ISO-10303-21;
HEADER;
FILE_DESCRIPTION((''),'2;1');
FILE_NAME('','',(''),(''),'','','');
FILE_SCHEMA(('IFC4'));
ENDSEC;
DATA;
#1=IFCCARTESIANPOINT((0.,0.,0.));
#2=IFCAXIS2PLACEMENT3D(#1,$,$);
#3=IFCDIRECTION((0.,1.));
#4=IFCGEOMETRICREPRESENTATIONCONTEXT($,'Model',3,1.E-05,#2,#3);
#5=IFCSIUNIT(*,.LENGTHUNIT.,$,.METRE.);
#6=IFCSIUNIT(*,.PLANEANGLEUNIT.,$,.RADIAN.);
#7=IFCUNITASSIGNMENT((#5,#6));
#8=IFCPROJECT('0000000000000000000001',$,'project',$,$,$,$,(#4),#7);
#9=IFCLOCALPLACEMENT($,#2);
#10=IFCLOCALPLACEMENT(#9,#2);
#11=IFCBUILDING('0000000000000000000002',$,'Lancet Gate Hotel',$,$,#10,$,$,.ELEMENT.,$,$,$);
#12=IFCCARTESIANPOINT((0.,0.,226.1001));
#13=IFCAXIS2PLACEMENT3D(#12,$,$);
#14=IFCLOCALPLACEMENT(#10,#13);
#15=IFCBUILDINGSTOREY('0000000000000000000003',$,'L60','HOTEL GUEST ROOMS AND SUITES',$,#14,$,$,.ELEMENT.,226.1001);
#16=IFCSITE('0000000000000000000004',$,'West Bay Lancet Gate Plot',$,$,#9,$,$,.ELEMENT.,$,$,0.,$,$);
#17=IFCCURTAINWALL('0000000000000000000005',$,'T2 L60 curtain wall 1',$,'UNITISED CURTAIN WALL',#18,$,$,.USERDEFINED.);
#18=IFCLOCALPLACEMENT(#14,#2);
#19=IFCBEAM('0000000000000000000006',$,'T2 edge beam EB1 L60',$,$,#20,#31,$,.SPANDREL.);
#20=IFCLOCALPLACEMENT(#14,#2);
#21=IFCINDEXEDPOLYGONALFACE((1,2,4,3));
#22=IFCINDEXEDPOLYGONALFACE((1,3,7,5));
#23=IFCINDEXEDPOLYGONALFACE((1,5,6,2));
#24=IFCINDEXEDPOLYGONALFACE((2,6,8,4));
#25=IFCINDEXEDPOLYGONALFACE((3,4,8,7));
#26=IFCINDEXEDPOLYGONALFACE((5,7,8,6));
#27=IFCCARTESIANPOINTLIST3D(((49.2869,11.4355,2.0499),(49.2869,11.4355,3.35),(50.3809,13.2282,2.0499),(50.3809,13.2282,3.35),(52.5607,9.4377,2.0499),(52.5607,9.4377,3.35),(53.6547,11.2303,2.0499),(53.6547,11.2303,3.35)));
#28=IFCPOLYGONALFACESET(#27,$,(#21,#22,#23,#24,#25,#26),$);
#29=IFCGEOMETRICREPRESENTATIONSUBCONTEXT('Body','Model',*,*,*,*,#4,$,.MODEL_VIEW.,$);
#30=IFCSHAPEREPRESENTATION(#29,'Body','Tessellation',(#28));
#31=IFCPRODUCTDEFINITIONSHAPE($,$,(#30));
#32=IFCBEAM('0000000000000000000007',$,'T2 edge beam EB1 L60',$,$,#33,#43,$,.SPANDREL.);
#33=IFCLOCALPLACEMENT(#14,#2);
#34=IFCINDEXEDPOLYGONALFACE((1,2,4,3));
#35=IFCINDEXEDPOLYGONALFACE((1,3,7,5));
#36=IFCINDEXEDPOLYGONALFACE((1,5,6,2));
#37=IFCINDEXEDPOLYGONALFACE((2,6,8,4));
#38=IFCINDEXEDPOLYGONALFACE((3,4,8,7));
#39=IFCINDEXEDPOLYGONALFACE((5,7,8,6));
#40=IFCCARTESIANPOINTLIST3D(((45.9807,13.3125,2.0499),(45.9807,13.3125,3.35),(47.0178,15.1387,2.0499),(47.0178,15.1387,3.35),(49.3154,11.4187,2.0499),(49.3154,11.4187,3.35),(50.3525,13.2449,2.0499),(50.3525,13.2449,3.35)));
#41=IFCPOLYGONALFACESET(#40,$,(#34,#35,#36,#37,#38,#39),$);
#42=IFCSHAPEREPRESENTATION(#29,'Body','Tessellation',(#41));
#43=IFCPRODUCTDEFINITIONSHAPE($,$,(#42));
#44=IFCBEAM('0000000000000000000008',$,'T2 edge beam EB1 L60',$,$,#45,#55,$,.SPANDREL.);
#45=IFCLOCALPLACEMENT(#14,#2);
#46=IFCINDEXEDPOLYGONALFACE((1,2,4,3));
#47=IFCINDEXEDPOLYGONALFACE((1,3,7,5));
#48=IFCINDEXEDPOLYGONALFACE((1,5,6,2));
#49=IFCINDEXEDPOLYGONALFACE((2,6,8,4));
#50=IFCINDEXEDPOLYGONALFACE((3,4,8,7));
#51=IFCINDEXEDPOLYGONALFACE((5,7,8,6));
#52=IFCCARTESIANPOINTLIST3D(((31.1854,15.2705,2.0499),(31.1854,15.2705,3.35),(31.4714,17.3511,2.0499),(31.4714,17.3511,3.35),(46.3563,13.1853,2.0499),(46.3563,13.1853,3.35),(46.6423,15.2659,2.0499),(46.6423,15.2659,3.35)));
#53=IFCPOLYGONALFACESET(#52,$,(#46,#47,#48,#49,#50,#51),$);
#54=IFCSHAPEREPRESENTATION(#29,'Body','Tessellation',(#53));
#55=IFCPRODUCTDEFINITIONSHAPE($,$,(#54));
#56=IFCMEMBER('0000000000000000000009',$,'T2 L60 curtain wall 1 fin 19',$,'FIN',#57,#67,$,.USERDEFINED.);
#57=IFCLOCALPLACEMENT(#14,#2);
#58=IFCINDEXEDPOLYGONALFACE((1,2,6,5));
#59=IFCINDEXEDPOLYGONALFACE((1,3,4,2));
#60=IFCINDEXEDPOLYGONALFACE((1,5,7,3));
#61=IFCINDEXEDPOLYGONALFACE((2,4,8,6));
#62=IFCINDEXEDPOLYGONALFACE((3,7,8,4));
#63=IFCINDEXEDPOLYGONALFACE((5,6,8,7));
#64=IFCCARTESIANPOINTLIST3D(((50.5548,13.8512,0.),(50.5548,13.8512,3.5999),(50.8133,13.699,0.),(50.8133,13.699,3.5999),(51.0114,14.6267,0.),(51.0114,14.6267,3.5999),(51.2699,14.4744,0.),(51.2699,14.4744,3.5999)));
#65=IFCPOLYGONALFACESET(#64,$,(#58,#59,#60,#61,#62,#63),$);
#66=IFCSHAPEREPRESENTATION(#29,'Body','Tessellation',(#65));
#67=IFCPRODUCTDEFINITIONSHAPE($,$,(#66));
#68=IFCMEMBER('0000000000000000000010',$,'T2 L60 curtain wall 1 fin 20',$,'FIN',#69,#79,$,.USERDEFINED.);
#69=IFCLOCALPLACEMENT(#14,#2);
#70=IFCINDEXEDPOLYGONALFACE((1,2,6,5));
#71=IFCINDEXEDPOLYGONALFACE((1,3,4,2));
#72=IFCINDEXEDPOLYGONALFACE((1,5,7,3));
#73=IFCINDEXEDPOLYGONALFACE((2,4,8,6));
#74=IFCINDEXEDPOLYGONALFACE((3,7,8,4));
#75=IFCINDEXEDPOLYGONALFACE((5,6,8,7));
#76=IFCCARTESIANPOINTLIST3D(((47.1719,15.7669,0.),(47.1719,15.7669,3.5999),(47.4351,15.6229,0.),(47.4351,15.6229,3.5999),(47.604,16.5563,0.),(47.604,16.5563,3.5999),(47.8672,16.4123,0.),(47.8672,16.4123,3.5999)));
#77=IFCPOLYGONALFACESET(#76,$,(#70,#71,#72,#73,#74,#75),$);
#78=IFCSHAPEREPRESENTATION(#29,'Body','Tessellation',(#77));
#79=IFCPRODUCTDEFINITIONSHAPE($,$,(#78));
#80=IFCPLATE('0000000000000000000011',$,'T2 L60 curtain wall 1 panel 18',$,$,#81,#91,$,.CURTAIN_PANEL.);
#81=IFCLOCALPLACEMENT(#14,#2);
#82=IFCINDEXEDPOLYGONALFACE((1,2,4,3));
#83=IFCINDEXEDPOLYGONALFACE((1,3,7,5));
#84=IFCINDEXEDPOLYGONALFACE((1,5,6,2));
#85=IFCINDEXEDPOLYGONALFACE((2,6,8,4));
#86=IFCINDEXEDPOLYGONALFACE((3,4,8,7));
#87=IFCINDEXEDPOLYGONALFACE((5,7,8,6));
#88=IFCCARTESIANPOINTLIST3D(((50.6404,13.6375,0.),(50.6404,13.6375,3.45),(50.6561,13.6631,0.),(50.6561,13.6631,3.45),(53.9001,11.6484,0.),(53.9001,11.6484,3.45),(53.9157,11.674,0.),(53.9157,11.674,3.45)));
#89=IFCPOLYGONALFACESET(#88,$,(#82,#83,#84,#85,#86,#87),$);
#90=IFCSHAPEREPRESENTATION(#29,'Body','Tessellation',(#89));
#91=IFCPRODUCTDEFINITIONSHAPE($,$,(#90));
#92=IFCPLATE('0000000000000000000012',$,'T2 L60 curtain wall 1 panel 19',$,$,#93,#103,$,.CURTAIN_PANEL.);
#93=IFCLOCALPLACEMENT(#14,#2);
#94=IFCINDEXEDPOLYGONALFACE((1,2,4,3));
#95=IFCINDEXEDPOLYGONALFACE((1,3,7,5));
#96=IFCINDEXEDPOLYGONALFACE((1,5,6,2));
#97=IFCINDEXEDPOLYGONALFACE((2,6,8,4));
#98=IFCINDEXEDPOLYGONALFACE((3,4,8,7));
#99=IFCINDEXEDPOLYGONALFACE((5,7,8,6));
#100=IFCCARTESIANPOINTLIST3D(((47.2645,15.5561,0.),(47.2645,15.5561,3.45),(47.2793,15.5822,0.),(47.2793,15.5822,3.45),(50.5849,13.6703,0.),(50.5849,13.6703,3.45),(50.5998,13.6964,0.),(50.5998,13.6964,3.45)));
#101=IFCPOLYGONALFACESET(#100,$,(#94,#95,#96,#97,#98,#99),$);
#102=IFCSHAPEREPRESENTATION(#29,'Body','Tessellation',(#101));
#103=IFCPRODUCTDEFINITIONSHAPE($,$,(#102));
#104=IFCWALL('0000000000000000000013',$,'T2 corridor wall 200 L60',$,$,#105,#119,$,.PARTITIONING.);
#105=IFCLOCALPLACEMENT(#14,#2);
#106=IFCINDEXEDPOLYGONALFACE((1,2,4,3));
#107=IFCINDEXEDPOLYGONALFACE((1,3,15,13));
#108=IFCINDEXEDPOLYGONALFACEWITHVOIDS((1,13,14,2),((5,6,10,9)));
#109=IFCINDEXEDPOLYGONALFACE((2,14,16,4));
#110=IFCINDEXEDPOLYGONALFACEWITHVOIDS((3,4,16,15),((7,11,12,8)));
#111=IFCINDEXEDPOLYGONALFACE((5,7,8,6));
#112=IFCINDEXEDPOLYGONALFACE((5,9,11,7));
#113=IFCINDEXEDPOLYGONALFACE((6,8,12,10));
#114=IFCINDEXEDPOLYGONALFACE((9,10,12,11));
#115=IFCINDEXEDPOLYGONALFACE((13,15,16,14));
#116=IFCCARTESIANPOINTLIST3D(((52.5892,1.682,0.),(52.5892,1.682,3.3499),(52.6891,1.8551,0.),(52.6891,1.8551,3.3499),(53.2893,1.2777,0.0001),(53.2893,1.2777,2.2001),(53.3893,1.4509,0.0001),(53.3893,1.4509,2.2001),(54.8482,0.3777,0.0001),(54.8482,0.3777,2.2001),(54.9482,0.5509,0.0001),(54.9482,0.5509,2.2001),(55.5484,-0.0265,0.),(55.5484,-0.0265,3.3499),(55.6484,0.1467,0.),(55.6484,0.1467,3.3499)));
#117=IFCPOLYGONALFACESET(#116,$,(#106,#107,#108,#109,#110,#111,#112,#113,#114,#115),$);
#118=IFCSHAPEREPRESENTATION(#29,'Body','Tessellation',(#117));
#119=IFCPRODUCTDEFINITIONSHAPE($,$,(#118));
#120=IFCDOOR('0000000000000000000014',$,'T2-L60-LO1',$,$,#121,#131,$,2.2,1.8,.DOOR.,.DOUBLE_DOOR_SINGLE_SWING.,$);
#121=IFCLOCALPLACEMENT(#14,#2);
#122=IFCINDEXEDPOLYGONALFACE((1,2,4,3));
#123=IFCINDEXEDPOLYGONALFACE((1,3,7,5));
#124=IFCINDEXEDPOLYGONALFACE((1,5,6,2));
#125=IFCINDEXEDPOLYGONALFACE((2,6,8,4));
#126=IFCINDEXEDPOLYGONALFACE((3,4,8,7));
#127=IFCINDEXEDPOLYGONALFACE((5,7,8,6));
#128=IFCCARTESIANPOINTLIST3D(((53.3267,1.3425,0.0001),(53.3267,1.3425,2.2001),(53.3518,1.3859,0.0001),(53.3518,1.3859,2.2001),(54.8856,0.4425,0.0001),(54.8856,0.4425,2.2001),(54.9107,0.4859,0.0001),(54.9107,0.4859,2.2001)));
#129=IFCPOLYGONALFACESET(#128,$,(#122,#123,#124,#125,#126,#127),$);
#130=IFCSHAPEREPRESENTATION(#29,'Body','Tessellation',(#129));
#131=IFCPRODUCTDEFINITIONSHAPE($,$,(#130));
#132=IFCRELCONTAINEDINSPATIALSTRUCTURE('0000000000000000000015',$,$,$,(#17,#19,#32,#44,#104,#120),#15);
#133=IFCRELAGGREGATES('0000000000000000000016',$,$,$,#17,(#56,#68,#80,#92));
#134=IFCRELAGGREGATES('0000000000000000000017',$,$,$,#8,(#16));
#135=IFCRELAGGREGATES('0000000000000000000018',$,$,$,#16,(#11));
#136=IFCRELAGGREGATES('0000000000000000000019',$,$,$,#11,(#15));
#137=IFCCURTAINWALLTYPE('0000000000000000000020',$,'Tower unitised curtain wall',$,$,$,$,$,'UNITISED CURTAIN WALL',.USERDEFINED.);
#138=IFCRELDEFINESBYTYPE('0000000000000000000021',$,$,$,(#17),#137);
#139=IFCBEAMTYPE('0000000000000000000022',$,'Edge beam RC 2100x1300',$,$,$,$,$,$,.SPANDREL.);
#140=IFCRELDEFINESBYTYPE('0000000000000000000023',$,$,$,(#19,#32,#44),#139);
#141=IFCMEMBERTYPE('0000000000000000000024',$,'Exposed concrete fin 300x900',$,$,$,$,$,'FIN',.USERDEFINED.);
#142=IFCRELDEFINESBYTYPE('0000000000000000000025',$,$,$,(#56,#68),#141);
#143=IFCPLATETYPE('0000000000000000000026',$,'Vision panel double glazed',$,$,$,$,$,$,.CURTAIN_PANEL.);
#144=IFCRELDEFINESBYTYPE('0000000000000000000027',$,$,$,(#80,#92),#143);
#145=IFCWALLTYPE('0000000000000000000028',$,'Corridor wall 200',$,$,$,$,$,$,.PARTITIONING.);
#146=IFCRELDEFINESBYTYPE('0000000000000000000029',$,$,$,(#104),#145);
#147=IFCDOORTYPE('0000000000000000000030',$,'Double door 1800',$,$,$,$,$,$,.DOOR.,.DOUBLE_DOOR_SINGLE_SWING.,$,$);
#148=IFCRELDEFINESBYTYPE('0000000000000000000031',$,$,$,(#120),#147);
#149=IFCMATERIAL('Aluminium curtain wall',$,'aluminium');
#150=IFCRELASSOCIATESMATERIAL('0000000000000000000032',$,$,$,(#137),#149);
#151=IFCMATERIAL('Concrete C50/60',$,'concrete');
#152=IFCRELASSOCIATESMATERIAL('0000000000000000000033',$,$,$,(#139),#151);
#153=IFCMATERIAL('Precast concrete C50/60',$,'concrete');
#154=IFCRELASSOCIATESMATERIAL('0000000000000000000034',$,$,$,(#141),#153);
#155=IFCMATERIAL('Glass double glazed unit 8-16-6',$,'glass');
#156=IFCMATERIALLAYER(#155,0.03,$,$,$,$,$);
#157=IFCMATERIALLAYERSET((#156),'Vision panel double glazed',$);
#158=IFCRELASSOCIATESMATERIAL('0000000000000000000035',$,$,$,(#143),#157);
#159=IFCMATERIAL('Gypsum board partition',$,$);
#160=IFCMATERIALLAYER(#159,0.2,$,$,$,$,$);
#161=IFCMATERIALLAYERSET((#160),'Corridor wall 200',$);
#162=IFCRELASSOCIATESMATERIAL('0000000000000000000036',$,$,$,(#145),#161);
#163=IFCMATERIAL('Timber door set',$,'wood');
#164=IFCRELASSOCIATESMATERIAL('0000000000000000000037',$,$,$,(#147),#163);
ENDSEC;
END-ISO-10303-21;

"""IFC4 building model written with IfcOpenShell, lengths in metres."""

from ifc_helpers import new_model, si_unit, direction, frame, frame_2d, origin, origin_2d, place, context, subcontext, project, spatial, rectangle, extrude, material, layer, layer_set, material_profile, profile_set, type_object, element, fill, aggregate, save


model = new_model("IFC4")

# Units and contexts
model_context = context("Model", 3, precision=1e-05, world=origin(), true_north=direction((0.0, 1.0)))
body_context = subcontext(model_context, "Body", "Model", "MODEL_VIEW")
ifc_project = project(units=[si_unit("LENGTHUNIT", "METRE"), si_unit("PLANEANGLEUNIT", "RADIAN")], contexts=[model_context])

# Site, building, storey
site_placement = place(None, origin())
site = spatial("IfcSite", under=ifc_project, at=site_placement, Name="West Bay Lancet Gate Plot", CompositionType="ELEMENT", RefElevation=0.0)
building_placement = place(site_placement, origin())
building = spatial("IfcBuilding", under=site, at=building_placement, Name="Lancet Gate Hotel", CompositionType="ELEMENT")
storey_placement = place(building_placement, frame((0.0, 0.0, 226.1001)))
storey = spatial("IfcBuildingStorey", under=building, at=storey_placement, Name="L60", Description="HOTEL GUEST ROOMS AND SUITES", CompositionType="ELEMENT", Elevation=226.1001)

# Curtain wall
ifc_material_1 = material(Name="Aluminium curtain wall", Category="aluminium")
curtain_wall_type = type_object("IfcCurtainWallType", Name="Tower unitised curtain wall", ElementType="UNITISED CURTAIN WALL", PredefinedType="USERDEFINED", material=ifc_material_1)
curtain_wall_placement = place(storey_placement, origin())
curtain_wall = element("IfcCurtainWall", 1, at=curtain_wall_placement, inside=storey, type_object=curtain_wall_type, Name="T2 L60 curtain wall 1", ObjectType="UNITISED CURTAIN WALL", PredefinedType="USERDEFINED")

# Beams
ifc_material_2 = material(Name="Concrete C50/60", Category="concrete")
ifc_material_profile_1 = material_profile(ifc_material_2, rectangle(XDim=2.1001, YDim=1.3, at=origin_2d()), Name="RC 2100x1300")
ifc_profile_set_1 = profile_set([ifc_material_profile_1], Name="Concrete C50/60")
beam_type = type_object("IfcBeamType", Name="Edge beam RC 2100x1300", PredefinedType="SPANDREL", material=ifc_profile_set_1)
beam_1_placement = place(storey_placement, frame((53.1077, 10.334, 2.7), z_axis=(-0.853604, 0.520922, 0.0), x_axis=(-0.520922, -0.853604, 0.0)))
element("IfcBeam", 2, at=beam_1_placement, inside=storey, type_object=beam_type, Name="T2 edge beam EB1 L60", PredefinedType="SPANDREL", context=body_context, shape_type="SweptSolid", body=[
    extrude(rectangle(XDim=2.1001, YDim=1.3, at=origin_2d()), origin(), (0.0, 0.0, 1.0), 3.8352),
])
beam_2_placement = place(storey_placement, frame((49.834, 12.3318, 2.7), z_axis=(-0.86956, 0.493827, 0.0), x_axis=(-0.493827, -0.86956, 0.0)))
element("IfcBeam", 3, at=beam_2_placement, inside=storey, type_object=beam_type, Name="T2 edge beam EB1 L60", PredefinedType="SPANDREL", context=body_context, shape_type="SweptSolid", body=[
    extrude(rectangle(XDim=2.1001, YDim=1.3, at=origin_2d()), origin(), (0.0, 0.0, 1.0), 3.835),
])
beam_3_placement = place(storey_placement, frame((46.4993, 14.2256, 2.7), z_axis=(-0.990686, 0.136167, 0.0), x_axis=(-0.136167, -0.990686, 0.0)))
element("IfcBeam", 4, at=beam_3_placement, inside=storey, type_object=beam_type, Name="T2 edge beam EB1 L60", PredefinedType="SPANDREL", context=body_context, shape_type="SweptSolid", body=[
    extrude(rectangle(XDim=2.1001, YDim=1.3, at=origin_2d()), origin(), (0.0, 0.0, 1.0), 15.3135),
])

# Members
ifc_material_3 = material(Name="Precast concrete C50/60", Category="concrete")
ifc_material_profile_2 = material_profile(ifc_material_3, rectangle(XDim=0.3, YDim=0.8999, at=origin_2d()), Name="FIN 300x900")
ifc_profile_set_2 = profile_set([ifc_material_profile_2], Name="Precast concrete C50/60")
member_type_1 = type_object("IfcMemberType", Name="Exposed concrete fin 300x900", ElementType="FIN", PredefinedType="USERDEFINED", material=ifc_profile_set_2)
member_1_placement = place(storey_placement, frame((50.9124, 14.1628, 0.0), z_axis=(0.0, 0.0, 1.0), x_axis=(-0.861692, 0.507432, 0.0)))
member_1 = element("IfcMember", 5, at=member_1_placement, type_object=member_type_1, Name="T2 L60 curtain wall 1 fin 19", ObjectType="FIN", PredefinedType="USERDEFINED", context=body_context, shape_type="SweptSolid", body=[
    extrude(rectangle(XDim=0.3, YDim=0.8999, at=origin_2d()), origin(), (0.0, 0.0, 1.0), 3.5999),
])
member_2_placement = place(storey_placement, frame((47.5195, 16.0896, 0.0), z_axis=(0.0, 0.0, 1.0), x_axis=(-0.877195, 0.480135, 0.0)))
member_2 = element("IfcMember", 6, at=member_2_placement, type_object=member_type_1, Name="T2 L60 curtain wall 1 fin 20", ObjectType="FIN", PredefinedType="USERDEFINED", context=body_context, shape_type="SweptSolid", body=[
    extrude(rectangle(XDim=0.3, YDim=0.8999, at=origin_2d()), origin(), (0.0, 0.0, 1.0), 3.5999),
])

# Plates
ifc_material_4 = material(Name="Glass double glazed unit 8-16-6", Category="glass")
ifc_layer_1 = layer(ifc_material_4, 0.03)
ifc_layer_set_1 = layer_set([ifc_layer_1], Name="Vision panel double glazed")
plate_type = type_object("IfcPlateType", Name="Vision panel double glazed", PredefinedType="CURTAIN_PANEL", material=ifc_layer_set_1)
plate_1_placement = place(storey_placement, frame((52.2781, 12.6558, 0.0), z_axis=(0.0, 0.0, 1.0), x_axis=(-0.853621, 0.520895, 0.0)))
plate_1 = element("IfcPlate", 7, at=plate_1_placement, type_object=plate_type, Name="T2 L60 curtain wall 1 panel 18", PredefinedType="CURTAIN_PANEL", context=body_context, shape_type="SweptSolid", body=[
    extrude(rectangle(XDim=3.8186, YDim=0.03, at=origin_2d()), origin(), (0.0, 0.0, 1.0), 3.45),
])
plate_2_placement = place(storey_placement, frame((48.9321, 14.6262, 0.0), z_axis=(0.0, 0.0, 1.0), x_axis=(-0.86955, 0.493844, 0.0)))
plate_2 = element("IfcPlate", 8, at=plate_2_placement, type_object=plate_type, Name="T2 L60 curtain wall 1 panel 19", PredefinedType="CURTAIN_PANEL", context=body_context, shape_type="SweptSolid", body=[
    extrude(rectangle(XDim=3.8186, YDim=0.03, at=origin_2d()), origin(), (0.0, 0.0, 1.0), 3.45),
])
aggregate(curtain_wall, [member_1, member_2, plate_1, plate_2])

# Wall, opening, door
ifc_material_5 = material(Name="Gypsum board partition")
ifc_layer_2 = layer(ifc_material_5, 0.2)
ifc_layer_set_2 = layer_set([ifc_layer_2], Name="Corridor wall 200")
wall_type_1 = type_object("IfcWallType", Name="Corridor wall 200", PredefinedType="PARTITIONING", material=ifc_layer_set_2)
wall_1_placement = place(storey_placement, frame((52.6392, 1.7686, 0.0), z_axis=(0.0, 0.0, 1.0), x_axis=(0.866027, -0.499997, 0.0)))
wall_1 = element("IfcWall", 9, at=wall_1_placement, inside=storey, type_object=wall_type_1, Name="T2 corridor wall 200 L60", PredefinedType="PARTITIONING", context=body_context, shape_type="SweptSolid", body=[
    extrude(rectangle(XDim=3.417, YDim=0.2, at=frame_2d((1.7085, 0.0))), origin(), (0.0, 0.0, 1.0), 3.3499),
])
opening_1_placement = place(wall_1_placement, frame((0.8086, 0.0, 0.0)))
opening_1 = element("IfcOpeningElement", 10, at=opening_1_placement, cuts=wall_1, PredefinedType="OPENING", context=body_context, shape_type="SweptSolid", body=[
    extrude(rectangle(XDim=1.8, YDim=2.2, at=frame_2d((0.8999, 1.1001))), frame((0.0, 0.1099, 0.0), z_axis=(0.0, -1.0, 0.0), x_axis=(1.0, 0.0, 0.0)), (0.0, 0.0, 1.0), 0.22),
])
ifc_material_6 = material(Name="Timber door set", Category="wood")
door_type_1 = type_object("IfcDoorType", Name="Double door 1800", OperationType="DOUBLE_DOOR_SINGLE_SWING", PredefinedType="DOOR", material=ifc_material_6)
door_1_placement = place(opening_1_placement, origin())
door_1 = element("IfcDoor", 11, at=door_1_placement, inside=storey, type_object=door_type_1, Name="T2-L60-LO1", OperationType="DOUBLE_DOOR_SINGLE_SWING", OverallHeight=2.2, OverallWidth=1.8, PredefinedType="DOOR", context=body_context, shape_type="SweptSolid", body=[
    extrude(rectangle(XDim=1.8, YDim=2.2, at=frame_2d((0.8999, 1.1001))), frame((0.0, 0.0249, 0.0), z_axis=(0.0, -1.0, 0.0), x_axis=(1.0, 0.0, 0.0)), (0.0, 0.0, 1.0), 0.05),
])
fill(opening_1, door_1)

save(model, "model.ifc")
